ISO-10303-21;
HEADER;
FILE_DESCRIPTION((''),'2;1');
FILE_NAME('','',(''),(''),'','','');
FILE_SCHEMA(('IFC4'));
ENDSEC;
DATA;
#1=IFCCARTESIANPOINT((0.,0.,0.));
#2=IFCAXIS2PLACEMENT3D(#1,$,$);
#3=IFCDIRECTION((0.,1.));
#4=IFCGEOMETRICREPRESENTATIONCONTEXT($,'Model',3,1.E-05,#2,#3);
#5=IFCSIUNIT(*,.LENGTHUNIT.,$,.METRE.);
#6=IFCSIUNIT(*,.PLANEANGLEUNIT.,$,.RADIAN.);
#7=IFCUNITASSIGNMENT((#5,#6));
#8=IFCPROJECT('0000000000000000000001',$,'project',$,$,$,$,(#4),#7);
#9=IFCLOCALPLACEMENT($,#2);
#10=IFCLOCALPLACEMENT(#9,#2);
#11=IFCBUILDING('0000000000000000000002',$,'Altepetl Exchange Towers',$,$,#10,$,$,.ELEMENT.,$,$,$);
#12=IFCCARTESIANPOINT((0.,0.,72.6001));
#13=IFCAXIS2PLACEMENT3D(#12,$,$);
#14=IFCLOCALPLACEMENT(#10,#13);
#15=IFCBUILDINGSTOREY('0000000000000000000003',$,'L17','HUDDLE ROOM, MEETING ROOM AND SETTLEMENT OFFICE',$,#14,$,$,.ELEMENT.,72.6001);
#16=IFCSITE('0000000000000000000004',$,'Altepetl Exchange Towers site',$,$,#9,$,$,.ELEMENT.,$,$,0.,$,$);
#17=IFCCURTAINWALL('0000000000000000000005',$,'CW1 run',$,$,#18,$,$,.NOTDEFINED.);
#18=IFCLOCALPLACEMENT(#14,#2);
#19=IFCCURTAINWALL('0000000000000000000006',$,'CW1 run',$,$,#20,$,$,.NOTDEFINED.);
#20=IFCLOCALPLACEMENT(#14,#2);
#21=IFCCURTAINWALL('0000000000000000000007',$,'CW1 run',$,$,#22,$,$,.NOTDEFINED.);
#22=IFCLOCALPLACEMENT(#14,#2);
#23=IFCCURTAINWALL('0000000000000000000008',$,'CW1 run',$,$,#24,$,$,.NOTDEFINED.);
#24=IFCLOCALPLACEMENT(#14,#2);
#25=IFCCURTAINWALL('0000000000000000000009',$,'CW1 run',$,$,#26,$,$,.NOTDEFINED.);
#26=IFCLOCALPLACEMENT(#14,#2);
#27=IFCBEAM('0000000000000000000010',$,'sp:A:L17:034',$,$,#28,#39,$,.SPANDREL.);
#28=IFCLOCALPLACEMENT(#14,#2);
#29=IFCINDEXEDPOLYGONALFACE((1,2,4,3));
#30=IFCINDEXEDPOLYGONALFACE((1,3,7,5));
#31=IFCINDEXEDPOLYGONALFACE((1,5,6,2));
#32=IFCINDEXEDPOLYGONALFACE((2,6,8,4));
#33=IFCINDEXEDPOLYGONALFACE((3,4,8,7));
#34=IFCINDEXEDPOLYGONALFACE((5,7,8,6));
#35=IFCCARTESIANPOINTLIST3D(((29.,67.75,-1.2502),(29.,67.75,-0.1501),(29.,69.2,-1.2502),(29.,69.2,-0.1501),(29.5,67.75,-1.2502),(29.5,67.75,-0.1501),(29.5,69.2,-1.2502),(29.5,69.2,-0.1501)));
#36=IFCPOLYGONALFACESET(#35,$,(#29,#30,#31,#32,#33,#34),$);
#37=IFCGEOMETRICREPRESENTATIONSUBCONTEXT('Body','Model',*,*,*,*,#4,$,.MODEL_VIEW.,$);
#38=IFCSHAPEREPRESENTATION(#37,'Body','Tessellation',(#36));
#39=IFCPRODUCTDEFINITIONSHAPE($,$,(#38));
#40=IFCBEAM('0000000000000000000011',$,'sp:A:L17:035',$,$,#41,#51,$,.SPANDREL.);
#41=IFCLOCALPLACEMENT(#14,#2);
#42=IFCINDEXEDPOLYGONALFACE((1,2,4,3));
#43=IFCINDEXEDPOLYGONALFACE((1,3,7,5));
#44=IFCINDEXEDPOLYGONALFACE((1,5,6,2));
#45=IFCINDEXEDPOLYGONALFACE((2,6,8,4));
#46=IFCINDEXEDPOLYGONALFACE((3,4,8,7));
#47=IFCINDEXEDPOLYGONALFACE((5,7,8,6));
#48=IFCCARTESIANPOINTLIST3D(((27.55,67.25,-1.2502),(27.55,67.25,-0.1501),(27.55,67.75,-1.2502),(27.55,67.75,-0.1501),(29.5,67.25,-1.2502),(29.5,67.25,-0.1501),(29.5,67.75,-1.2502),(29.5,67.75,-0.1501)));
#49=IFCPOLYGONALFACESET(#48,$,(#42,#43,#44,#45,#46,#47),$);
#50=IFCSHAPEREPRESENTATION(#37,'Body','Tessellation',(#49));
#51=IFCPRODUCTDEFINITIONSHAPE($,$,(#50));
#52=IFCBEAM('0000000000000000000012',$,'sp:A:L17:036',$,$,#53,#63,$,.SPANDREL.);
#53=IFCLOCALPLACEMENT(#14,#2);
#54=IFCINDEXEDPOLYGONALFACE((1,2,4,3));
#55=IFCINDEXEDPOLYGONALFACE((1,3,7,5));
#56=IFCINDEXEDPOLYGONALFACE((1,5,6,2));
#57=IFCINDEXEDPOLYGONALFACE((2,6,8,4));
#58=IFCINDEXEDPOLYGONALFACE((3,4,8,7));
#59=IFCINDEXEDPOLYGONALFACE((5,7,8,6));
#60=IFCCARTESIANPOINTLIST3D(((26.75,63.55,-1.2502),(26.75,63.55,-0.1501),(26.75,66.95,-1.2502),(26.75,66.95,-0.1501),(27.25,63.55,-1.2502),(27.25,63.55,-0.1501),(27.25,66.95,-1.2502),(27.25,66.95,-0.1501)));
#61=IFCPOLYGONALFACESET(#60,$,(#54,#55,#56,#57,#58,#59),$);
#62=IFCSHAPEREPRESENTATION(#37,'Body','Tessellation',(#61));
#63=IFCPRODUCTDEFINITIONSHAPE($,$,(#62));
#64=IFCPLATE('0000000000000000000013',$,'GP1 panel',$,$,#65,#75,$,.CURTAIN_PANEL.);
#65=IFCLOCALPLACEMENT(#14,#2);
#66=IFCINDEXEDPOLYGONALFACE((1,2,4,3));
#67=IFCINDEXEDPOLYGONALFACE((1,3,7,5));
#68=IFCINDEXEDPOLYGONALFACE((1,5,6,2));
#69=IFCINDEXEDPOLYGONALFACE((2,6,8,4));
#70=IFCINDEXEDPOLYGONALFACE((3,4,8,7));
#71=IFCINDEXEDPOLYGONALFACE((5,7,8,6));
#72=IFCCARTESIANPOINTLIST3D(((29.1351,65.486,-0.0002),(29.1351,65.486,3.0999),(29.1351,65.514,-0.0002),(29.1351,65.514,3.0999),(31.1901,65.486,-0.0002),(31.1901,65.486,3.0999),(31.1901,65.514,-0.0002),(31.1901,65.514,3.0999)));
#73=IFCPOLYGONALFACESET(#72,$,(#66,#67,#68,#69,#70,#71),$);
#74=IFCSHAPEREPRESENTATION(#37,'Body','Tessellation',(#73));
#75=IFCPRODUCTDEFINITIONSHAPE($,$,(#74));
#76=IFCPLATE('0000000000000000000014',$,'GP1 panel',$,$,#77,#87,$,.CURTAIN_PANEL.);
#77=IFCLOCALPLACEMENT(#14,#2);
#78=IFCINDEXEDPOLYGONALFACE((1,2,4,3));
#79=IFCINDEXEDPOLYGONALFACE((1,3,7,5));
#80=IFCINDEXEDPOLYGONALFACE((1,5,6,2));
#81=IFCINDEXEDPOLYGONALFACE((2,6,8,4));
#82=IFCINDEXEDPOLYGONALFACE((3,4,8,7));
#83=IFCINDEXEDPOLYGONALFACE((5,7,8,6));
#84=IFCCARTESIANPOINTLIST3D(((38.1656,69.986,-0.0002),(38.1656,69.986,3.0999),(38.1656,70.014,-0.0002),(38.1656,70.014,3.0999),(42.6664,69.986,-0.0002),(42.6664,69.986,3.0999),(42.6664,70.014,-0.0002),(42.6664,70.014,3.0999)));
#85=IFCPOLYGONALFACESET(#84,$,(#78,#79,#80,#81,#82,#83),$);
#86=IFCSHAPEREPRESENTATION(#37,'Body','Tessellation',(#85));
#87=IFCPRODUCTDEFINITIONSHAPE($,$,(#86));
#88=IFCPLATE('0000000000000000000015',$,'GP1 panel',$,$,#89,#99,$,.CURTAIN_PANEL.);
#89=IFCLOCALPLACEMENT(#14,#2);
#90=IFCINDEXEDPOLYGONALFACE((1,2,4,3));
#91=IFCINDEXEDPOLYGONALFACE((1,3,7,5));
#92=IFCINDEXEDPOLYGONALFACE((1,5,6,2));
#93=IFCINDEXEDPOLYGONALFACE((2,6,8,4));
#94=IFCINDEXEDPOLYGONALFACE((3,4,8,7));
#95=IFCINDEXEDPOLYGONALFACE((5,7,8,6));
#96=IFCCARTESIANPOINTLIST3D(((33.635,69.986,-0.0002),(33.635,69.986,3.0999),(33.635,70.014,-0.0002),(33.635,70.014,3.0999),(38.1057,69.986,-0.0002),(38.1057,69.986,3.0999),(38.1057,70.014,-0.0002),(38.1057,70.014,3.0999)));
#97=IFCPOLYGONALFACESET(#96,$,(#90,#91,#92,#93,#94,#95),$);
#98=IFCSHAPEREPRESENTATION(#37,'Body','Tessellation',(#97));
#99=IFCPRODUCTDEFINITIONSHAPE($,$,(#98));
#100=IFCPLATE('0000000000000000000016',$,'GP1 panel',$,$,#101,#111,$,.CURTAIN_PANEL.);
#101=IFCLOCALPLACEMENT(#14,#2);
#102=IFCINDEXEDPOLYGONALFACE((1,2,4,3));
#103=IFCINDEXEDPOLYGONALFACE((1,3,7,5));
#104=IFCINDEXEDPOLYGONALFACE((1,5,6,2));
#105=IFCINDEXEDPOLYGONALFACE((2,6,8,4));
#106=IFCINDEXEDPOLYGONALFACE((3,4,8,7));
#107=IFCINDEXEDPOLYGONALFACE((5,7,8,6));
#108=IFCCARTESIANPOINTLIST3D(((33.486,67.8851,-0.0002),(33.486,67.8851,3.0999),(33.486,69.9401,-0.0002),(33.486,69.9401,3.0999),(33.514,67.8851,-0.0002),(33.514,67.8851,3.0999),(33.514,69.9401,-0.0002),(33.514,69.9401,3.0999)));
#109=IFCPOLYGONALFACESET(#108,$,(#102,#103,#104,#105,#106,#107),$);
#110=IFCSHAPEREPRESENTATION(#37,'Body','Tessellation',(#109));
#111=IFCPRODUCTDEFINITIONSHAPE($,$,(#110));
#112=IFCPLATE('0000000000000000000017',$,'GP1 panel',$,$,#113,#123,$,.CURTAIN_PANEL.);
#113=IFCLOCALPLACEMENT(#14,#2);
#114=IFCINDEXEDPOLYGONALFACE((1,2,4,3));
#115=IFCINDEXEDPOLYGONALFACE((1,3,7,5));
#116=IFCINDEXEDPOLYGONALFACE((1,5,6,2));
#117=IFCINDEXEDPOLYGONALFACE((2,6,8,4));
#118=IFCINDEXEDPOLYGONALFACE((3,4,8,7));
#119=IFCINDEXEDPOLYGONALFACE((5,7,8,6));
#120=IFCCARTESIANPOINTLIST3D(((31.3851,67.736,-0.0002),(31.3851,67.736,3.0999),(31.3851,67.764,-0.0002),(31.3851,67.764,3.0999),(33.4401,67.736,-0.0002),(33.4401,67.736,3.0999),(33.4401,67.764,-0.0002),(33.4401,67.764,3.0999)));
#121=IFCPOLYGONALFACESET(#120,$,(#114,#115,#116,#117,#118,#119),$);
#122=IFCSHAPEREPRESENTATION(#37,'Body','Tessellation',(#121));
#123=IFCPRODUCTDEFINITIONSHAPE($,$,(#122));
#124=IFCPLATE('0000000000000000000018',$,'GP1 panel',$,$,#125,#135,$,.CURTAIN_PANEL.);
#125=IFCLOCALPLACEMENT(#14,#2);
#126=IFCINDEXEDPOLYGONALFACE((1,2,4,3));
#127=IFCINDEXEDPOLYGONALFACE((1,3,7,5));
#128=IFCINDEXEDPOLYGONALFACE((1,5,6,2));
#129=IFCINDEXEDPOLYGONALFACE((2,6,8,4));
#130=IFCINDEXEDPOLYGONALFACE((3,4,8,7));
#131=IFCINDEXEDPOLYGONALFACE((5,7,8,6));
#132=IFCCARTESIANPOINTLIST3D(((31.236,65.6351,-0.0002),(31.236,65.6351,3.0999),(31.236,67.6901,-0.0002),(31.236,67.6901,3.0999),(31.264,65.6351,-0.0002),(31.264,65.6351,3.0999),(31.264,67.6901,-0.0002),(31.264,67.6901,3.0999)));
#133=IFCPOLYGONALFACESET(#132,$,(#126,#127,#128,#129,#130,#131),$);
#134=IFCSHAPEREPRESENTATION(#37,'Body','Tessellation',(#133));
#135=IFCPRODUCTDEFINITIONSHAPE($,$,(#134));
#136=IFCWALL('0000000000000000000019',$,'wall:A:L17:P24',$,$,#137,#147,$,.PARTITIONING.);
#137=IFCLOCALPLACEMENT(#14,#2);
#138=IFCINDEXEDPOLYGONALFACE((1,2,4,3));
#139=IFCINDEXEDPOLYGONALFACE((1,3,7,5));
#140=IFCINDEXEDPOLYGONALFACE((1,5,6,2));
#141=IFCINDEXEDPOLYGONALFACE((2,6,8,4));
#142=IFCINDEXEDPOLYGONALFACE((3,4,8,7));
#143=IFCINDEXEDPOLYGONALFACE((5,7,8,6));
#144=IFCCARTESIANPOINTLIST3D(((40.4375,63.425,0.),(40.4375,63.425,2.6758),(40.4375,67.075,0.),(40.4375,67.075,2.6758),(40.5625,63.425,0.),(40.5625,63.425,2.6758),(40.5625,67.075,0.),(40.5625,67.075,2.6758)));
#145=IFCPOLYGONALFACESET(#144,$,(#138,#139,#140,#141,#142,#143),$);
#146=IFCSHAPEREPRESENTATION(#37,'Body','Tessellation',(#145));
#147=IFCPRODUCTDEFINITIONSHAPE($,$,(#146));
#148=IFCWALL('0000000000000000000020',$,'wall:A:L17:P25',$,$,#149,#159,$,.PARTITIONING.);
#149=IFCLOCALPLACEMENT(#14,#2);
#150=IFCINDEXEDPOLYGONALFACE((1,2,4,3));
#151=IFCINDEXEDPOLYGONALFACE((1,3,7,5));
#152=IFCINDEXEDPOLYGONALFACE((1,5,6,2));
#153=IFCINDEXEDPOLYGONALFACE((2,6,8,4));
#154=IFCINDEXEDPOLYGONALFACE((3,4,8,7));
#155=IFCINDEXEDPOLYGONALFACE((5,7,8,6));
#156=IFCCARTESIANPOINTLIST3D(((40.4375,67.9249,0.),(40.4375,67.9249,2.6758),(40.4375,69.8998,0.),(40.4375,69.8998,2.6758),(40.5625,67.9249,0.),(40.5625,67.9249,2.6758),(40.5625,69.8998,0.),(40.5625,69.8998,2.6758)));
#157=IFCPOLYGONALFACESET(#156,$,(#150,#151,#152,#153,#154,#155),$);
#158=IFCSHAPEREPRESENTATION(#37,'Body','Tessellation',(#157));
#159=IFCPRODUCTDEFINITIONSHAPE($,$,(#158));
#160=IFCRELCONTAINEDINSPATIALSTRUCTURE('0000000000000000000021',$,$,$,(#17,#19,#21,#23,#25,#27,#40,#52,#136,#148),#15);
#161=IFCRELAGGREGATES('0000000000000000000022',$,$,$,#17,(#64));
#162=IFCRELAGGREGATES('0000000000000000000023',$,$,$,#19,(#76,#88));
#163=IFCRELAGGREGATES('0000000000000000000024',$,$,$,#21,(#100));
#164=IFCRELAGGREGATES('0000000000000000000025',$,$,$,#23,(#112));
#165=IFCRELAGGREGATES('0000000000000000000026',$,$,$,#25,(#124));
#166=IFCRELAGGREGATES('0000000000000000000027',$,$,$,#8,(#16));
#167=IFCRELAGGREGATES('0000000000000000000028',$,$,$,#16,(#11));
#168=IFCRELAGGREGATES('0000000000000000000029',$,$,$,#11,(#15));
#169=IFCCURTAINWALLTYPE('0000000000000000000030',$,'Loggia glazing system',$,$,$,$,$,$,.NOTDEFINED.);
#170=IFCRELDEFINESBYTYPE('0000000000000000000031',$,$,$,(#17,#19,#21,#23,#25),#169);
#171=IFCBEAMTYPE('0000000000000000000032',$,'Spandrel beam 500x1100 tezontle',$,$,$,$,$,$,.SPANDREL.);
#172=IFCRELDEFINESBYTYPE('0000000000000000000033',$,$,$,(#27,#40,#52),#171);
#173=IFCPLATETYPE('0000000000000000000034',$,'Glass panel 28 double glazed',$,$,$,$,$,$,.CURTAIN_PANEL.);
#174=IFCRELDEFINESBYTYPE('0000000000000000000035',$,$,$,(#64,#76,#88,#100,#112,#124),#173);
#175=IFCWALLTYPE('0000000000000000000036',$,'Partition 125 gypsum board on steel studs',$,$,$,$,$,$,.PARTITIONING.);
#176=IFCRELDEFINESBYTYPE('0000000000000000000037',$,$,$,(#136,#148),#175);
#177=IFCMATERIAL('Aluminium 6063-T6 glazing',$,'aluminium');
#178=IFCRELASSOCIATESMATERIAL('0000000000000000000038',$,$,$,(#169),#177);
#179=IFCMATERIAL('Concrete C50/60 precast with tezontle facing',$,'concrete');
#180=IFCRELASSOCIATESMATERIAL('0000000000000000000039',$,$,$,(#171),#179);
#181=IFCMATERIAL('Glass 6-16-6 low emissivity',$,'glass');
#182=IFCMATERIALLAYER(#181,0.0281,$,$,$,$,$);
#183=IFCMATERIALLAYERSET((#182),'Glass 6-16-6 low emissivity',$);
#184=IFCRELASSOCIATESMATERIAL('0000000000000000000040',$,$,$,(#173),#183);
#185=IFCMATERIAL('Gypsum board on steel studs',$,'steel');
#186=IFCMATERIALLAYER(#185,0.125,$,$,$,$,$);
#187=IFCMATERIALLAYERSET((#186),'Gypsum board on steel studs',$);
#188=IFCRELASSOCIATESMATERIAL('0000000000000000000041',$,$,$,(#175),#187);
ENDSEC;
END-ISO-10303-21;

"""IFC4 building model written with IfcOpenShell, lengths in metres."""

from ifc_helpers import new_model, si_unit, direction, frame, frame_2d, origin, origin_2d, place, context, subcontext, project, spatial, rectangle, extrude, material, layer, layer_set, material_profile, profile_set, type_object, element, aggregate, save


model = new_model("IFC4")

# Units and contexts
model_context = context("Model", 3, precision=1e-05, world=origin(), true_north=direction((0.0, 1.0)))
body_context = subcontext(model_context, "Body", "Model", "MODEL_VIEW")
ifc_project = project(units=[si_unit("LENGTHUNIT", "METRE"), si_unit("PLANEANGLEUNIT", "RADIAN")], contexts=[model_context])

# Site, building, storey
site_placement = place(None, origin())
site = spatial("IfcSite", under=ifc_project, at=site_placement, Name="Altepetl Exchange Towers site", CompositionType="ELEMENT", RefElevation=0.0)
building_placement = place(site_placement, origin())
building = spatial("IfcBuilding", under=site, at=building_placement, Name="Altepetl Exchange Towers", CompositionType="ELEMENT")
storey_placement = place(building_placement, frame((0.0, 0.0, 72.6001)))
storey = spatial("IfcBuildingStorey", under=building, at=storey_placement, Name="L17", Description="HUDDLE ROOM, MEETING ROOM AND SETTLEMENT OFFICE", CompositionType="ELEMENT", Elevation=72.6001)

# Curtain wall
ifc_material_1 = material(Name="Aluminium 6063-T6 glazing", Category="aluminium")
curtain_wall_type = type_object("IfcCurtainWallType", Name="Loggia glazing system", PredefinedType="NOTDEFINED", material=ifc_material_1)
curtain_wall_1_placement = place(storey_placement, origin())
curtain_wall_1 = element("IfcCurtainWall", 1, at=curtain_wall_1_placement, inside=storey, type_object=curtain_wall_type, Name="CW1 run", PredefinedType="NOTDEFINED")

# Curtain walls
curtain_wall_2_placement = place(storey_placement, origin())
curtain_wall_2 = element("IfcCurtainWall", 2, at=curtain_wall_2_placement, inside=storey, type_object=curtain_wall_type, Name="CW1 run", PredefinedType="NOTDEFINED")
curtain_wall_3_placement = place(storey_placement, origin())
curtain_wall_3 = element("IfcCurtainWall", 3, at=curtain_wall_3_placement, inside=storey, type_object=curtain_wall_type, Name="CW1 run", PredefinedType="NOTDEFINED")
curtain_wall_4_placement = place(storey_placement, origin())
curtain_wall_4 = element("IfcCurtainWall", 4, at=curtain_wall_4_placement, inside=storey, type_object=curtain_wall_type, Name="CW1 run", PredefinedType="NOTDEFINED")
curtain_wall_5_placement = place(storey_placement, origin())
curtain_wall_5 = element("IfcCurtainWall", 5, at=curtain_wall_5_placement, inside=storey, type_object=curtain_wall_type, Name="CW1 run", PredefinedType="NOTDEFINED")

# Beams
ifc_material_2 = material(Name="Concrete C50/60 precast with tezontle facing", Category="concrete")
ifc_material_profile_1 = material_profile(ifc_material_2, rectangle(XDim=0.5, YDim=1.1001, at=origin_2d()), Name="500 x 1100")
ifc_profile_set_1 = profile_set([ifc_material_profile_1], Name="Concrete C50/60 precast with tezontle facing")
beam_type_1 = type_object("IfcBeamType", Name="Spandrel beam 500x1100 tezontle", PredefinedType="SPANDREL", material=ifc_profile_set_1)
beam_1_placement = place(storey_placement, frame((29.25, 69.2, -0.7002), z_axis=(0.0, -1.0, 0.0), x_axis=(1.0, 0.0, 0.0)))
element("IfcBeam", 6, at=beam_1_placement, inside=storey, type_object=beam_type_1, Name="sp:A:L17:034", PredefinedType="SPANDREL", context=body_context, shape_type="SweptSolid", body=[
    extrude(rectangle(XDim=0.5, YDim=1.1001, at=origin_2d()), origin(), (0.0, 0.0, 1.0), 1.45),
])
beam_2_placement = place(storey_placement, frame((29.5, 67.5, -0.7002), z_axis=(-1.0, 0.0, 0.0), x_axis=(0.0, -1.0, 0.0)))
element("IfcBeam", 7, at=beam_2_placement, inside=storey, type_object=beam_type_1, Name="sp:A:L17:035", PredefinedType="SPANDREL", context=body_context, shape_type="SweptSolid", body=[
    extrude(rectangle(XDim=0.5, YDim=1.1001, at=origin_2d()), origin(), (0.0, 0.0, 1.0), 1.95),
])
beam_3_placement = place(storey_placement, frame((27.0, 66.95, -0.7002), z_axis=(0.0, -1.0, 0.0), x_axis=(1.0, 0.0, 0.0)))
element("IfcBeam", 8, at=beam_3_placement, inside=storey, type_object=beam_type_1, Name="sp:A:L17:036", PredefinedType="SPANDREL", context=body_context, shape_type="SweptSolid", body=[
    extrude(rectangle(XDim=0.5, YDim=1.1001, at=origin_2d()), origin(), (0.0, 0.0, 1.0), 3.3999),
])

# Plates
ifc_material_3 = material(Name="Glass 6-16-6 low emissivity", Category="glass")
ifc_layer_1 = layer(ifc_material_3, 0.0281)
ifc_layer_set_1 = layer_set([ifc_layer_1], Name="Glass 6-16-6 low emissivity")
plate_type = type_object("IfcPlateType", Name="Glass panel 28 double glazed", PredefinedType="CURTAIN_PANEL", material=ifc_layer_set_1)
plate_1_placement = place(storey_placement, frame((30.1626, 65.5, -0.0002), z_axis=(0.0, 0.0, 1.0), x_axis=(-1.0, 0.0, 0.0)))
plate_1 = element("IfcPlate", 9, at=plate_1_placement, type_object=plate_type, Name="GP1 panel", PredefinedType="CURTAIN_PANEL", context=body_context, shape_type="SweptSolid", body=[
    extrude(rectangle(XDim=2.0549, YDim=0.0281, at=origin_2d()), origin(), (0.0, 0.0, 1.0), 3.1001),
])
aggregate(curtain_wall_1, [plate_1])
plate_2_placement = place(storey_placement, frame((40.416, 70.0, -0.0002), z_axis=(0.0, 0.0, 1.0), x_axis=(-1.0, 0.0, 0.0)))
plate_2 = element("IfcPlate", 10, at=plate_2_placement, type_object=plate_type, Name="GP1 panel", PredefinedType="CURTAIN_PANEL", context=body_context, shape_type="SweptSolid", body=[
    extrude(rectangle(XDim=4.5007, YDim=0.0281, at=origin_2d()), origin(), (0.0, 0.0, 1.0), 3.1001),
])
plate_3_placement = place(storey_placement, frame((35.8704, 70.0, -0.0002), z_axis=(0.0, 0.0, 1.0), x_axis=(-1.0, 0.0, 0.0)))
plate_3 = element("IfcPlate", 11, at=plate_3_placement, type_object=plate_type, Name="GP1 panel", PredefinedType="CURTAIN_PANEL", context=body_context, shape_type="SweptSolid", body=[
    extrude(rectangle(XDim=4.4707, YDim=0.0281, at=origin_2d()), origin(), (0.0, 0.0, 1.0), 3.1001),
])
aggregate(curtain_wall_2, [plate_2, plate_3])
plate_4_placement = place(storey_placement, frame((33.5, 68.9126, -0.0002), z_axis=(0.0, 0.0, 1.0), x_axis=(0.0, -1.0, 0.0)))
plate_4 = element("IfcPlate", 12, at=plate_4_placement, type_object=plate_type, Name="GP1 panel", PredefinedType="CURTAIN_PANEL", context=body_context, shape_type="SweptSolid", body=[
    extrude(rectangle(XDim=2.0549, YDim=0.0281, at=origin_2d()), origin(), (0.0, 0.0, 1.0), 3.1001),
])
aggregate(curtain_wall_3, [plate_4])
plate_5_placement = place(storey_placement, frame((32.4126, 67.75, -0.0002), z_axis=(0.0, 0.0, 1.0), x_axis=(-1.0, 0.0, 0.0)))
plate_5 = element("IfcPlate", 13, at=plate_5_placement, type_object=plate_type, Name="GP1 panel", PredefinedType="CURTAIN_PANEL", context=body_context, shape_type="SweptSolid", body=[
    extrude(rectangle(XDim=2.0549, YDim=0.0281, at=origin_2d()), origin(), (0.0, 0.0, 1.0), 3.1001),
])
aggregate(curtain_wall_4, [plate_5])
plate_6_placement = place(storey_placement, frame((31.25, 66.6626, -0.0002), z_axis=(0.0, 0.0, 1.0), x_axis=(0.0, -1.0, 0.0)))
plate_6 = element("IfcPlate", 14, at=plate_6_placement, type_object=plate_type, Name="GP1 panel", PredefinedType="CURTAIN_PANEL", context=body_context, shape_type="SweptSolid", body=[
    extrude(rectangle(XDim=2.0549, YDim=0.0281, at=origin_2d()), origin(), (0.0, 0.0, 1.0), 3.1001),
])
aggregate(curtain_wall_5, [plate_6])

# Walls
ifc_material_4 = material(Name="Gypsum board on steel studs", Category="steel")
ifc_layer_2 = layer(ifc_material_4, 0.125)
ifc_layer_set_2 = layer_set([ifc_layer_2], Name="Gypsum board on steel studs")
wall_type = type_object("IfcWallType", Name="Partition 125 gypsum board on steel studs", PredefinedType="PARTITIONING", material=ifc_layer_set_2)
wall_1_placement = place(storey_placement, frame((40.5, 63.425, 0.0), z_axis=(0.0, 0.0, 1.0), x_axis=(0.0, 1.0, 0.0)))
element("IfcWall", 15, at=wall_1_placement, inside=storey, type_object=wall_type, Name="wall:A:L17:P24", PredefinedType="PARTITIONING", context=body_context, shape_type="SweptSolid", body=[
    extrude(rectangle(XDim=3.6499, YDim=0.125, at=frame_2d((1.825, 0.0))), origin(), (0.0, 0.0, 1.0), 2.6758),
])
wall_2_placement = place(storey_placement, frame((40.5, 67.925, 0.0), z_axis=(0.0, 0.0, 1.0), x_axis=(0.0, 1.0, 0.0)))
element("IfcWall", 16, at=wall_2_placement, inside=storey, type_object=wall_type, Name="wall:A:L17:P25", PredefinedType="PARTITIONING", context=body_context, shape_type="SweptSolid", body=[
    extrude(rectangle(XDim=1.9749, YDim=0.125, at=frame_2d((0.9873, 0.0))), origin(), (0.0, 0.0, 1.0), 2.6758),
])

save(model, "model.ifc")
